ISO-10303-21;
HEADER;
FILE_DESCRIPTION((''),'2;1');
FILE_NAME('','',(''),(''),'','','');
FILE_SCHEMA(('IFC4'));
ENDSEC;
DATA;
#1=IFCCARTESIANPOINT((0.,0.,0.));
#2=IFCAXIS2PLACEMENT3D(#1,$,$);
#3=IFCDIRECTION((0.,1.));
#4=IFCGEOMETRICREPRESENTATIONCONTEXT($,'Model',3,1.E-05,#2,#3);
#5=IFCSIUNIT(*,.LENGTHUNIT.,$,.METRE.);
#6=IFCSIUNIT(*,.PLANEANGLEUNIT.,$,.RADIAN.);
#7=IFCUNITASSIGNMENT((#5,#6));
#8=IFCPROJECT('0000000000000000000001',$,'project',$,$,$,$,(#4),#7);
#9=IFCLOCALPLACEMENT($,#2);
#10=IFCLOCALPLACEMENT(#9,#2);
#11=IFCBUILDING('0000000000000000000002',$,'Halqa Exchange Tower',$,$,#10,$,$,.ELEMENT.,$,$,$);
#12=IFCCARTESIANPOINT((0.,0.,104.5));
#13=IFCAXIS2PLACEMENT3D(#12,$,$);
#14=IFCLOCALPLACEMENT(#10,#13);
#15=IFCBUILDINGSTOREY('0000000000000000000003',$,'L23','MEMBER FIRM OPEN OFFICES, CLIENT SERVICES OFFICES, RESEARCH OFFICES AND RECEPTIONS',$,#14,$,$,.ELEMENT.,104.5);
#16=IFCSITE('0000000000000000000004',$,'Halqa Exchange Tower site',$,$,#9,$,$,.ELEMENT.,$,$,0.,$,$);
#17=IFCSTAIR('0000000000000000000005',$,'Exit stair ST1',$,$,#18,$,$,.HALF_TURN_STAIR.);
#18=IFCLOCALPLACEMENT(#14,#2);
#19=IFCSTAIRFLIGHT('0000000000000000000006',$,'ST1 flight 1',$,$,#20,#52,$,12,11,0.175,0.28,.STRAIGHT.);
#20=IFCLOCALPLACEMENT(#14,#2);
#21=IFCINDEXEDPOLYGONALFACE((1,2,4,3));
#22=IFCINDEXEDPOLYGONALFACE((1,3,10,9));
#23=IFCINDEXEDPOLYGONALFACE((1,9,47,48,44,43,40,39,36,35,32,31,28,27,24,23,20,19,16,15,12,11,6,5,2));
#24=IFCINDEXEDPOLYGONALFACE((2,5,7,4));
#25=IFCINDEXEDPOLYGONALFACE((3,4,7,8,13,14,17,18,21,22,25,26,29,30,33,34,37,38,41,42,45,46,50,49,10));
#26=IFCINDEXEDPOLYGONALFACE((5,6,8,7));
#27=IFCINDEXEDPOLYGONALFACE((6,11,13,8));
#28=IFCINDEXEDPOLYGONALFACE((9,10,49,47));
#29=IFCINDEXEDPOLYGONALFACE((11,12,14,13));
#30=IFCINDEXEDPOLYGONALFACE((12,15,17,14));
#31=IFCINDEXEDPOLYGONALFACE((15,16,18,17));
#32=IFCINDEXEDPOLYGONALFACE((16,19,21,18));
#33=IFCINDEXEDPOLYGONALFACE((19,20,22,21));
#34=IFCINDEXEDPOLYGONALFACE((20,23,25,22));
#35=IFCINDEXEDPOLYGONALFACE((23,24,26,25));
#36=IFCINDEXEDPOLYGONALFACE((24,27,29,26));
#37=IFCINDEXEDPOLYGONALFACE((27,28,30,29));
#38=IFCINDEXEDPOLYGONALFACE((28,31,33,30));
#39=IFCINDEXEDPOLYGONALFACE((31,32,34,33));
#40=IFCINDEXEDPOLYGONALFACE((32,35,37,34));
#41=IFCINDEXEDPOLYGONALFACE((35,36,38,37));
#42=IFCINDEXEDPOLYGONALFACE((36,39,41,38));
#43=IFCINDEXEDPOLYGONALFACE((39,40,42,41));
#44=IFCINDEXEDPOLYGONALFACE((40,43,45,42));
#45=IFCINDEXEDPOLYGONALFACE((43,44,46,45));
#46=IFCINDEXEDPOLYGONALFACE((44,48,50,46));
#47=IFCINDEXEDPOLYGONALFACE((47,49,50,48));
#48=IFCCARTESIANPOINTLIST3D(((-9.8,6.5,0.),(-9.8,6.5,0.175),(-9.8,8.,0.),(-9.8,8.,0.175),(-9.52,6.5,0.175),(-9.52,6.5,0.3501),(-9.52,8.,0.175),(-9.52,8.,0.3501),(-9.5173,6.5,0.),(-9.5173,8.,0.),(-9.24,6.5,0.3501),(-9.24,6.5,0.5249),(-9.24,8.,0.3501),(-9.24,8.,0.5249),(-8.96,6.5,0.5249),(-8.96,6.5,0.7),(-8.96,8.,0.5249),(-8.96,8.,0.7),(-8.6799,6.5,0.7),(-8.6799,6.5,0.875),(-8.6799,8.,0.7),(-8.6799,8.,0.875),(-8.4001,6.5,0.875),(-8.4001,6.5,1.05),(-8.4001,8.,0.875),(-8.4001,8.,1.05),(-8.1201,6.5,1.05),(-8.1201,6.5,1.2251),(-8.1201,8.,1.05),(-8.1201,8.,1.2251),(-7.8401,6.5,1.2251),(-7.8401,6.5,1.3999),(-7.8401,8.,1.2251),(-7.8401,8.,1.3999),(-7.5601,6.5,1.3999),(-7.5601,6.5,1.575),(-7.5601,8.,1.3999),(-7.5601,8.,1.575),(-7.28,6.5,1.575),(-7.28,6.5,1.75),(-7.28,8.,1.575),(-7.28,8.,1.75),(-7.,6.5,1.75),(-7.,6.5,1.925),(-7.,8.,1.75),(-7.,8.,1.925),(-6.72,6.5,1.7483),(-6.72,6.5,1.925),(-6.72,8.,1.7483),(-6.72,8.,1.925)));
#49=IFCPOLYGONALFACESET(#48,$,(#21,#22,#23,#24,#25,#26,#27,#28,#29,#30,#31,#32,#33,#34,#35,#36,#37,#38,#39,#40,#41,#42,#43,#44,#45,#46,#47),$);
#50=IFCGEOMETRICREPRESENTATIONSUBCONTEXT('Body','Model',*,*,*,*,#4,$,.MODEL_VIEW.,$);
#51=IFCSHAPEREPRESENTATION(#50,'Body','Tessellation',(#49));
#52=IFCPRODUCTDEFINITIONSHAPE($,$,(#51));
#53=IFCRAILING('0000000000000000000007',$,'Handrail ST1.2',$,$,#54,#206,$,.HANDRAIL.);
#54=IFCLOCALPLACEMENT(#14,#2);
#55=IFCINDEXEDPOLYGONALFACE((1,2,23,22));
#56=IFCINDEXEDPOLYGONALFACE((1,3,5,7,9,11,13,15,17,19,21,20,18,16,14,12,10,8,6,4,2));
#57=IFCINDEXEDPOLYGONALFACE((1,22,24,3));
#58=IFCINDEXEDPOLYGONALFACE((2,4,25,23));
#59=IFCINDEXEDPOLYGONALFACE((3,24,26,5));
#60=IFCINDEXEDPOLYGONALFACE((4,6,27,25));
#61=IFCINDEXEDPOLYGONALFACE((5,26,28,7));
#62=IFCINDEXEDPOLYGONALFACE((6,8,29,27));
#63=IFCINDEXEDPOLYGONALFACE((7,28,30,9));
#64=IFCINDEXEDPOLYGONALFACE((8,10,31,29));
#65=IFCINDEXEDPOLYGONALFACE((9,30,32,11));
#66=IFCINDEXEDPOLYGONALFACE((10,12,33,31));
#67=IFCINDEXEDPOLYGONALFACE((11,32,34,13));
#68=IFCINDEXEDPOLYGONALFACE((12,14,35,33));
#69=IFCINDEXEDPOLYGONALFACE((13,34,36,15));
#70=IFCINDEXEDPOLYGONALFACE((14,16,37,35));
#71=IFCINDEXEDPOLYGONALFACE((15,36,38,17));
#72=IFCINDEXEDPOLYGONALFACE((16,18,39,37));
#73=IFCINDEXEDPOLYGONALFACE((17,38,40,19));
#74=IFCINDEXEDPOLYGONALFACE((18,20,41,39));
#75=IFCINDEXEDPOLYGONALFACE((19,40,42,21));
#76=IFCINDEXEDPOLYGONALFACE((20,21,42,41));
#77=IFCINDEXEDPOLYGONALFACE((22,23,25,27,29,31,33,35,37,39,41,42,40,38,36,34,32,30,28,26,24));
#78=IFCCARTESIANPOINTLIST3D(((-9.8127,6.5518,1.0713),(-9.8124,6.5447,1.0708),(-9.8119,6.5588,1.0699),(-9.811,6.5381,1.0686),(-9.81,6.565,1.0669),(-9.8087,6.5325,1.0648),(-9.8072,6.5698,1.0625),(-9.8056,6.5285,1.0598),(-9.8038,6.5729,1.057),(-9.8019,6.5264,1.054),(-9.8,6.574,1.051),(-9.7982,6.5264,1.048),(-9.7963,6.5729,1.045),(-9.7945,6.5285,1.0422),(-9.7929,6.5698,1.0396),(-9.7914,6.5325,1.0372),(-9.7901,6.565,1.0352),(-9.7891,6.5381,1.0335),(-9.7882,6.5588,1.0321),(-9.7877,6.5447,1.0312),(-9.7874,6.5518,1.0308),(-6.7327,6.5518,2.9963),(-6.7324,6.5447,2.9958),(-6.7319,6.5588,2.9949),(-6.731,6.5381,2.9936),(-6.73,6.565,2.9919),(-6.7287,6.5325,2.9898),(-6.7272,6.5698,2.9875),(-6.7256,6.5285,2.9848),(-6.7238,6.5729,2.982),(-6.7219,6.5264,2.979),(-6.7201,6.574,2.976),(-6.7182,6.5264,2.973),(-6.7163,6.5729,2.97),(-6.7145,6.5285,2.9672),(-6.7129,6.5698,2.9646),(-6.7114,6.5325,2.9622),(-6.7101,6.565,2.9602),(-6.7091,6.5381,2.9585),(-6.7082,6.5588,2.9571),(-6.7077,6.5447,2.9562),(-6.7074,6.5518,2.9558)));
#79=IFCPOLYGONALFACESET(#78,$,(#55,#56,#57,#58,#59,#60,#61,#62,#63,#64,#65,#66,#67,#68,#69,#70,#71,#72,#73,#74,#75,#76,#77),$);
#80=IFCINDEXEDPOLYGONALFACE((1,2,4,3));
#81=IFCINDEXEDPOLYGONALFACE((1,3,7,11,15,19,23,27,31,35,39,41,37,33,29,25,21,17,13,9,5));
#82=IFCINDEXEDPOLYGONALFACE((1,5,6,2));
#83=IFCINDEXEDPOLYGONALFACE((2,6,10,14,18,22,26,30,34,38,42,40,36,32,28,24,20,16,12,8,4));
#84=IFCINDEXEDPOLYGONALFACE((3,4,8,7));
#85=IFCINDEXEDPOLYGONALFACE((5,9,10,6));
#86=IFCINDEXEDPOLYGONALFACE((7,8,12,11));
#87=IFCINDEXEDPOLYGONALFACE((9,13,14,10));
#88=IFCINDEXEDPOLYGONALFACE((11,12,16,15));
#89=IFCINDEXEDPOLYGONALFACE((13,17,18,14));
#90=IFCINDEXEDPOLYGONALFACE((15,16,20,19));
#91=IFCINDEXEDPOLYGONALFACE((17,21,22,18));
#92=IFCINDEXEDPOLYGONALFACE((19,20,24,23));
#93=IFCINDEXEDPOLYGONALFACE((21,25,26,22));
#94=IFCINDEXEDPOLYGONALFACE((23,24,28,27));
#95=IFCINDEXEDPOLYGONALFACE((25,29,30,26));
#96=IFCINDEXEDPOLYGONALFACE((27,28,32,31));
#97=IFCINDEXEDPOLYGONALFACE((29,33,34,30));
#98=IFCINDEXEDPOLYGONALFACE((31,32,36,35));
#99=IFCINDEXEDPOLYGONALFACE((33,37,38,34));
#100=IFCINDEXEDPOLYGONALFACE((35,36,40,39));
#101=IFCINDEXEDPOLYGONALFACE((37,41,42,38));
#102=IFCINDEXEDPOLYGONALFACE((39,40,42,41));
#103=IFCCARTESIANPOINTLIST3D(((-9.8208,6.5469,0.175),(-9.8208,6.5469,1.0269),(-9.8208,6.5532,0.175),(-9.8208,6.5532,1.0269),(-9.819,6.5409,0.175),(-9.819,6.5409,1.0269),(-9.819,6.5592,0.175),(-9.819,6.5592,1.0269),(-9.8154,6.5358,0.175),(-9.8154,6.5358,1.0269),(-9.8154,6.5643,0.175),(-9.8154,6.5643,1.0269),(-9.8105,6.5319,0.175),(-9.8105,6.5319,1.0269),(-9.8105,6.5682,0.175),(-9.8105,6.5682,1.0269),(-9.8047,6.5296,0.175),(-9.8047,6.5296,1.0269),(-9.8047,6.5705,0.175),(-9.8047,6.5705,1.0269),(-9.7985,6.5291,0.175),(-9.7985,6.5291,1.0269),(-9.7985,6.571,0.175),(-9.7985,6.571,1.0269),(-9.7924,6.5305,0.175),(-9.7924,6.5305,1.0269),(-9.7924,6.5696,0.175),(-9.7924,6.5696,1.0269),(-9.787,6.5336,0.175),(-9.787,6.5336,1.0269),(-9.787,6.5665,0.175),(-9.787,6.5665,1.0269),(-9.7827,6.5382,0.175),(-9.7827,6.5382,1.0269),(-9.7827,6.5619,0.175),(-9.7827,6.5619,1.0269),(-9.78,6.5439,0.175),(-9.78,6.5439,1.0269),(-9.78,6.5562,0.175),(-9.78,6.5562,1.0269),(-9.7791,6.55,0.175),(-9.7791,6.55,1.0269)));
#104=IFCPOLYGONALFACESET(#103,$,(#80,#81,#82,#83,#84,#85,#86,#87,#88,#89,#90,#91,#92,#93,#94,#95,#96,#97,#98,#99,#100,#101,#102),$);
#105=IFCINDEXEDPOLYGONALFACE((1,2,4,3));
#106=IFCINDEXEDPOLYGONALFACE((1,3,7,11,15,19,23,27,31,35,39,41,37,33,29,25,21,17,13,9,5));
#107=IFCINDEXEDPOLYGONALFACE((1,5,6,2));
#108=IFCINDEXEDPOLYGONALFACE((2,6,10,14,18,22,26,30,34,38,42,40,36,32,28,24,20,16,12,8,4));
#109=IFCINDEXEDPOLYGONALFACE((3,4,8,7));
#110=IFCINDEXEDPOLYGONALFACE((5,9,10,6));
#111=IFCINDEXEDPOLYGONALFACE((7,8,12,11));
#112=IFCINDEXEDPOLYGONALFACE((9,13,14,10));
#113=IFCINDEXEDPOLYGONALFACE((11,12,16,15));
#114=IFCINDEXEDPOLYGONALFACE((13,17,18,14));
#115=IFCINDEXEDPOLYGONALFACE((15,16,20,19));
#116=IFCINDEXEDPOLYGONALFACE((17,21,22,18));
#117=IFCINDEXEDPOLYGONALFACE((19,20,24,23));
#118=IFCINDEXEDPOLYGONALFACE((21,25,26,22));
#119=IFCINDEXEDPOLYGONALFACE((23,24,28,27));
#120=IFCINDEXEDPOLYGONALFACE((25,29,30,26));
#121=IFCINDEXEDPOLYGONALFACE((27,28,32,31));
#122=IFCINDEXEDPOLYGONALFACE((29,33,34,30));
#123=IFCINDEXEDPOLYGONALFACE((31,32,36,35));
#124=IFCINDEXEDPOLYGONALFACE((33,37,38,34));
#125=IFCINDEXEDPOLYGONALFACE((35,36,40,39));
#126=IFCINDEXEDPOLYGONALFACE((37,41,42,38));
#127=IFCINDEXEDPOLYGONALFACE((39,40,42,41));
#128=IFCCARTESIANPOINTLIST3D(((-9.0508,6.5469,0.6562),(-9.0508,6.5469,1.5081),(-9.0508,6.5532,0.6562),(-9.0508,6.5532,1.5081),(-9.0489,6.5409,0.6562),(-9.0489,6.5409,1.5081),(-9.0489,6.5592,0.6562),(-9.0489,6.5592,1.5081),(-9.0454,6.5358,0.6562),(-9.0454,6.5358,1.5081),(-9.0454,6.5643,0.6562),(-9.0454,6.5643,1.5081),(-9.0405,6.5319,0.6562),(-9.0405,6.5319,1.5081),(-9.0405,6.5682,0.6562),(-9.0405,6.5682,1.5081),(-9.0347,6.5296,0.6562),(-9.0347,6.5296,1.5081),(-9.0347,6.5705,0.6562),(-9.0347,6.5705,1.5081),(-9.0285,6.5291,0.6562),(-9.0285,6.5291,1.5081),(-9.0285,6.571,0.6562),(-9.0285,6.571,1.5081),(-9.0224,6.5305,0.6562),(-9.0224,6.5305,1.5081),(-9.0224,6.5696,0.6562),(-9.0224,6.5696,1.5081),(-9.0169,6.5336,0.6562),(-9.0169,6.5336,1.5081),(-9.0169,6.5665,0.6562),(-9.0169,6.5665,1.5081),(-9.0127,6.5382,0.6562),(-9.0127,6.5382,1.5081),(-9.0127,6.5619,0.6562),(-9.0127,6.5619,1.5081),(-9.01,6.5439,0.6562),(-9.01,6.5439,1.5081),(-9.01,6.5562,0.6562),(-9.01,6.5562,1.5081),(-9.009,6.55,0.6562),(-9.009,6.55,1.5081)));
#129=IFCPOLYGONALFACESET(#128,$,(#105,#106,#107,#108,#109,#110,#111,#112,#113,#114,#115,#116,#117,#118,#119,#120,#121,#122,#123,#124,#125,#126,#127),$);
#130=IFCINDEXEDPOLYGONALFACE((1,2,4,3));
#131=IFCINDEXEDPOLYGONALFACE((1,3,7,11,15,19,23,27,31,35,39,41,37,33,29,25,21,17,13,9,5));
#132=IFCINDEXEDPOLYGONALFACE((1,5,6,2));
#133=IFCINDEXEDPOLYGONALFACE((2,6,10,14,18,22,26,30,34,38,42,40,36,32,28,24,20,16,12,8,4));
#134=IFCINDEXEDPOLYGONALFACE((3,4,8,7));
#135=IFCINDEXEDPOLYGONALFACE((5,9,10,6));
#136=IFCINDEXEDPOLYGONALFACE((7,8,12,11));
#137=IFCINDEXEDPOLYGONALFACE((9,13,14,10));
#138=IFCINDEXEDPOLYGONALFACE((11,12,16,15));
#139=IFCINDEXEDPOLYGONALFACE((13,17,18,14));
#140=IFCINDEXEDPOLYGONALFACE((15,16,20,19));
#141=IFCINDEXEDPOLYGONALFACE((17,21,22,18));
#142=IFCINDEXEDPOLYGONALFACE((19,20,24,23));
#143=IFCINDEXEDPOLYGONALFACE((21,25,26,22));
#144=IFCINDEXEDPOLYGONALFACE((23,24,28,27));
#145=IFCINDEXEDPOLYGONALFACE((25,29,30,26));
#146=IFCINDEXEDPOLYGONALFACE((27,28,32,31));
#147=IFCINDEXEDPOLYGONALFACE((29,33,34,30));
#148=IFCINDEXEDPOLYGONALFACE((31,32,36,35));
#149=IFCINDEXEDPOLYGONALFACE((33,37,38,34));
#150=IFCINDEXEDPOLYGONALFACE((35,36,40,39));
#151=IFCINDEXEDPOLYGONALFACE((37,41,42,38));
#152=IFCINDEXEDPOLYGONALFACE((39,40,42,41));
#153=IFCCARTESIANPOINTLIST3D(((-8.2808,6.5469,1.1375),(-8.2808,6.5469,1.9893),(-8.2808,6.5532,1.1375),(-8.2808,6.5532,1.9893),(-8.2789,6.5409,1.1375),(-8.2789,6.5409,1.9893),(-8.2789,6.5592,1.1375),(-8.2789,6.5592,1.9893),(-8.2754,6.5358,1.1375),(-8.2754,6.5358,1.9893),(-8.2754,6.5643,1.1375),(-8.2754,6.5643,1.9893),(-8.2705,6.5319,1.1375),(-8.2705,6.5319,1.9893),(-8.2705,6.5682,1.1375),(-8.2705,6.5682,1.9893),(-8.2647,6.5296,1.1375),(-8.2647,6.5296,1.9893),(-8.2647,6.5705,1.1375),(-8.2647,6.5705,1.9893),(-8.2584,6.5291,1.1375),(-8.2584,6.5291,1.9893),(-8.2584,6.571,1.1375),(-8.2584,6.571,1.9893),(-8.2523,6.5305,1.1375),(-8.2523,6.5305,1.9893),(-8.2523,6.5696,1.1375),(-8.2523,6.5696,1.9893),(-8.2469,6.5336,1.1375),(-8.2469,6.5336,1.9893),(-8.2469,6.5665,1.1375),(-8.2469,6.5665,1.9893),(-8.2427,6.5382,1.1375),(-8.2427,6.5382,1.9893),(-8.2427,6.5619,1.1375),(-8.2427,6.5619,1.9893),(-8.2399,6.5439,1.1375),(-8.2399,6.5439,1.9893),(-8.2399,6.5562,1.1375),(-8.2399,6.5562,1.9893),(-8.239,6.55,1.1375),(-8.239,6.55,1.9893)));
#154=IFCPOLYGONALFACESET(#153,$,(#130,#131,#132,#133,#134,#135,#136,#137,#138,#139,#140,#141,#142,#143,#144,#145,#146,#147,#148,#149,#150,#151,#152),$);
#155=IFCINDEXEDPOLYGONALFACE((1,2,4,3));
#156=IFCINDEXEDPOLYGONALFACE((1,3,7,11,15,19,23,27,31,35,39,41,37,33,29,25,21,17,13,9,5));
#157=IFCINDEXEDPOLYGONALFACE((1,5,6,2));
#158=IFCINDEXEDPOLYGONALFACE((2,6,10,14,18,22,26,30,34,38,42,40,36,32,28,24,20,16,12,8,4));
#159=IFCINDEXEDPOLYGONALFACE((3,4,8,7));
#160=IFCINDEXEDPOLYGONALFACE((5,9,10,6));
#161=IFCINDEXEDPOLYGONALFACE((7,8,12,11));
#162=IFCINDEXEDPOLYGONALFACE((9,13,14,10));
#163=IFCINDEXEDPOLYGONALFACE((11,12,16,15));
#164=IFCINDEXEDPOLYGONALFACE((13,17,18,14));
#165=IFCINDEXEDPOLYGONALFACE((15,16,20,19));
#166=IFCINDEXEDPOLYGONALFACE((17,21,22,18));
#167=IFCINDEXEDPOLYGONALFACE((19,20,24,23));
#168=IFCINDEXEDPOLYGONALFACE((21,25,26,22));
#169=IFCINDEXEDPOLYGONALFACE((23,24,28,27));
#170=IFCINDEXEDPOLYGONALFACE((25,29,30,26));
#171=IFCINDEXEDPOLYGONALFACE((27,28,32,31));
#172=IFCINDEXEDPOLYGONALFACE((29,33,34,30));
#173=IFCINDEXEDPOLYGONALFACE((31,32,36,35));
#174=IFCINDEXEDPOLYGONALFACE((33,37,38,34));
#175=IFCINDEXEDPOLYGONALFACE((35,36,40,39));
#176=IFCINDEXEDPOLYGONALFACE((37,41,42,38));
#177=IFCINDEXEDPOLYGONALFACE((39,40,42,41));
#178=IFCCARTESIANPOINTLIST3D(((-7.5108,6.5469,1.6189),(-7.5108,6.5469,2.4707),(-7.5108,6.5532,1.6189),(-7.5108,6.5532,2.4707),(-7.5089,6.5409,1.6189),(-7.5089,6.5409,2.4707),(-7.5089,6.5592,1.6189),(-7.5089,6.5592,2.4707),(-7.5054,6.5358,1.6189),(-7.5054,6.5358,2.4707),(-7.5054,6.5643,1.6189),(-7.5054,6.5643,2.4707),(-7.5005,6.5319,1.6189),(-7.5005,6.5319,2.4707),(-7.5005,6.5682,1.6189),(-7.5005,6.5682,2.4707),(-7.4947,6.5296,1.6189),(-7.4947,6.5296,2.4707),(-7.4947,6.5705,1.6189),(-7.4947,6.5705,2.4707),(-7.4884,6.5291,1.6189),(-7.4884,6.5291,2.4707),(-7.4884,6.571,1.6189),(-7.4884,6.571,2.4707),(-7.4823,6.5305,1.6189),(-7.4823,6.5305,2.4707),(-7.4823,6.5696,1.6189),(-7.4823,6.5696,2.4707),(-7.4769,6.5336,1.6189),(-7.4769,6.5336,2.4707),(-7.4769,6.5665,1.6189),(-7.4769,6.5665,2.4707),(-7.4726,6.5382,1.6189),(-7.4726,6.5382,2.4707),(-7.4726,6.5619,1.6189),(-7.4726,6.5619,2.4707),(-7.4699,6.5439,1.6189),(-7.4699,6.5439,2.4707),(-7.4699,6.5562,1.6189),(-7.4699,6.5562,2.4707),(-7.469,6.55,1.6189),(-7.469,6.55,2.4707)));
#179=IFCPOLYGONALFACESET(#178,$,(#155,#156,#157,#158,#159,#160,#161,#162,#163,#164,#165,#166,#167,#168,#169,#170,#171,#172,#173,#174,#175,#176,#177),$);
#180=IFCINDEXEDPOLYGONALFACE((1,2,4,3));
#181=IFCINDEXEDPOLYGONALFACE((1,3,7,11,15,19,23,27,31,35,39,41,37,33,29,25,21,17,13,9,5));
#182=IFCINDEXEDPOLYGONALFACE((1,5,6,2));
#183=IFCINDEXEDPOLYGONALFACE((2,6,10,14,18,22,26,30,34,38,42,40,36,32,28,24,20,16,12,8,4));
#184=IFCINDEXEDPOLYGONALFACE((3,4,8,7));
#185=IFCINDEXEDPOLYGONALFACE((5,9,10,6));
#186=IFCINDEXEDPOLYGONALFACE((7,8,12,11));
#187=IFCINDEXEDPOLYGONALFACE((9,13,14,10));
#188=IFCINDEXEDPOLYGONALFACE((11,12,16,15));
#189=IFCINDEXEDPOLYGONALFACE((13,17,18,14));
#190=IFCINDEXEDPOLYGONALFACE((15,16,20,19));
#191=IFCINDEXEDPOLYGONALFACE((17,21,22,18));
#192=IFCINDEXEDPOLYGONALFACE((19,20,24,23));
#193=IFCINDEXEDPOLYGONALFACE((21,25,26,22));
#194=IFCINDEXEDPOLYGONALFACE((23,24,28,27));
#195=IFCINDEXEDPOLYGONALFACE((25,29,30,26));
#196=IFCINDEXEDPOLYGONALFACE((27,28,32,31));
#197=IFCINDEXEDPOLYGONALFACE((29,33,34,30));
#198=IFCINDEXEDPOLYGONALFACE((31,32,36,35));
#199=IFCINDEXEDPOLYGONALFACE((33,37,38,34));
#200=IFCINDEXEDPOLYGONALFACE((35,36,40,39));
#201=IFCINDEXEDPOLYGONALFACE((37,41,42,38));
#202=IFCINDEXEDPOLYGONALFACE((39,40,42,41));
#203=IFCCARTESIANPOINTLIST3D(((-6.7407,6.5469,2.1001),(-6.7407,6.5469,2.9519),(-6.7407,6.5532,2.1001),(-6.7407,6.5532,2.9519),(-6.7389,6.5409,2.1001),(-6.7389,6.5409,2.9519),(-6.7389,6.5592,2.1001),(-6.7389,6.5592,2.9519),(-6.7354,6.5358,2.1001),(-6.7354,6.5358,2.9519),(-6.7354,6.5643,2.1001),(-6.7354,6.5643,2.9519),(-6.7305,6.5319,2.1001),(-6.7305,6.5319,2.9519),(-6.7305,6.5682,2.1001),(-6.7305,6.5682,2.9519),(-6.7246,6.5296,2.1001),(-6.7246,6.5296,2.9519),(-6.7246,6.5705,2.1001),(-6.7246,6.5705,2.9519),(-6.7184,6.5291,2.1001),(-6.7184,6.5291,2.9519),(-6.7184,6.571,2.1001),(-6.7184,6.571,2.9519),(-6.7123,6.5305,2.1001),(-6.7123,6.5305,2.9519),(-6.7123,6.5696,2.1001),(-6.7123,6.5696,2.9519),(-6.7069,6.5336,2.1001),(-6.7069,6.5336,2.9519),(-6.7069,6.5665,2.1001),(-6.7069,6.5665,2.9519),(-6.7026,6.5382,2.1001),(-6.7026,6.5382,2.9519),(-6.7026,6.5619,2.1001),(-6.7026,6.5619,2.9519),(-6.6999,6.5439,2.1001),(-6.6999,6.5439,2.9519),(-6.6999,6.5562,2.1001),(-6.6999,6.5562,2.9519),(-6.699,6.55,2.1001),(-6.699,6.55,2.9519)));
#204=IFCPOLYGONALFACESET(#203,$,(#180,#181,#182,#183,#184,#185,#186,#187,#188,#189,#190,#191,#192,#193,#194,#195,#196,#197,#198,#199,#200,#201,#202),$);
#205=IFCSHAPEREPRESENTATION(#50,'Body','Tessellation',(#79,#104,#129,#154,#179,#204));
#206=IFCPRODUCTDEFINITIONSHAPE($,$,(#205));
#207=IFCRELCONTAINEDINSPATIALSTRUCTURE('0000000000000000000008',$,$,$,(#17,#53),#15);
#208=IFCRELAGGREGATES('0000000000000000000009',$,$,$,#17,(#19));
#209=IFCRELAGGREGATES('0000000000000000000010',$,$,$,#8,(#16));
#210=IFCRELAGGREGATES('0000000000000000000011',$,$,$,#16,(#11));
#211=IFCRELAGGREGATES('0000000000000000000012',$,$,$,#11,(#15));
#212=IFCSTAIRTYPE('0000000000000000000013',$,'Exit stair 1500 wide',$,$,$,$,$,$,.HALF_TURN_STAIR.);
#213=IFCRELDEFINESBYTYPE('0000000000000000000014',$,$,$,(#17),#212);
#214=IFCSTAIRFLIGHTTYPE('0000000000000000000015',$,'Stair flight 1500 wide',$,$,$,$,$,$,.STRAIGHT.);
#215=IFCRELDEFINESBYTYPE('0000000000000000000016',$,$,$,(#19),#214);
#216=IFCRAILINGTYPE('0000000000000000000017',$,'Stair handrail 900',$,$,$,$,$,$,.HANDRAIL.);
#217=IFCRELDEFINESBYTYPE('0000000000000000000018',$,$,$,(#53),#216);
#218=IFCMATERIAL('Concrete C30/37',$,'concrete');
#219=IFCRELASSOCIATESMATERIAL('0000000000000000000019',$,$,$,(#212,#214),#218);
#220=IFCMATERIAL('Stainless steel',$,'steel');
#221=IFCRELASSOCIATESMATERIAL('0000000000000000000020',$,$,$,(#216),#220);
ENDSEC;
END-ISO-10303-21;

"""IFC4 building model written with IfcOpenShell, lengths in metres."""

from ifc_helpers import new_model, si_unit, direction, frame, origin, origin_2d, place, context, subcontext, project, spatial, polyline, circle, outline, extrude, material, type_object, element, aggregate, save


model = new_model("IFC4")

# Units and contexts
model_context = context("Model", 3, precision=1e-05, world=origin(), true_north=direction((0.0, 1.0)))
body_context = subcontext(model_context, "Body", "Model", "MODEL_VIEW")
ifc_project = project(units=[si_unit("LENGTHUNIT", "METRE"), si_unit("PLANEANGLEUNIT", "RADIAN")], contexts=[model_context])

# Site, building, storey
site_placement = place(None, origin())
site = spatial("IfcSite", under=ifc_project, at=site_placement, Name="Halqa Exchange Tower site", CompositionType="ELEMENT", RefElevation=0.0)
building_placement = place(site_placement, origin())
building = spatial("IfcBuilding", under=site, at=building_placement, Name="Halqa Exchange Tower", CompositionType="ELEMENT")
storey_placement = place(building_placement, frame((0.0, 0.0, 104.5)))
storey = spatial("IfcBuildingStorey", under=building, at=storey_placement, Name="L23", Description="MEMBER FIRM OPEN OFFICES, CLIENT SERVICES OFFICES, RESEARCH OFFICES AND RECEPTIONS", CompositionType="ELEMENT", Elevation=104.5)

# Shared definitions
ifc_material_1 = material(Name="Stainless steel", Category="steel")

# Shared definitions
ifc_material_2 = material(Name="Concrete C30/37", Category="concrete")

# Stair, stair flight
stair_type = type_object("IfcStairType", Name="Exit stair 1500 wide", PredefinedType="HALF_TURN_STAIR", material=ifc_material_2)
stair_placement = place(storey_placement, origin())
stair = element("IfcStair", 1, at=stair_placement, inside=storey, type_object=stair_type, Name="Exit stair ST1", PredefinedType="HALF_TURN_STAIR")
stair_flight_type = type_object("IfcStairFlightType", Name="Stair flight 1500 wide", PredefinedType="STRAIGHT", material=ifc_material_2)
stair_flight_placement = place(storey_placement, frame((-9.8, 7.25, 0.0), z_axis=(0.0, 0.0, 1.0), x_axis=(1.0, 0.0, 0.0)))
stair_flight = element("IfcStairFlight", 2, at=stair_flight_placement, type_object=stair_flight_type, Name="ST1 flight 1", NumberOfRisers=12, NumberOfTreads=11, PredefinedType="STRAIGHT", RiserHeight=0.175, TreadLength=0.28, context=body_context, shape_type="SweptSolid", body=[
    extrude(outline(polyline([(0.0, 0.0), (0.0, 0.175), (0.28, 0.175), (0.28, 0.3501), (0.5601, 0.3501), (0.5601, 0.5249), (0.8401, 0.5249), (0.8401, 0.7), (1.1201, 0.7), (1.1201, 0.875), (1.3999, 0.875), (1.3999, 1.05), (1.6799, 1.05), (1.6799, 1.2251), (1.96, 1.2251), (1.96, 1.3999), (2.24, 1.3999), (2.24, 1.575), (2.52, 1.575), (2.52, 1.75), (2.8, 1.75), (2.8, 1.925), (3.0801, 1.925), (3.0801, 2.1001), (3.0801, 1.7483), (0.2827, 0.0), (0.0, 0.0)])), frame((0.0, 0.75, 0.0), z_axis=(0.0, -1.0, 0.0), x_axis=(1.0, 0.0, 0.0)), (0.0, 0.0, 1.0), 1.5),
])
aggregate(stair, [stair_flight])

# Railing
railing_type_1 = type_object("IfcRailingType", Name="Stair handrail 900", PredefinedType="HANDRAIL", material=ifc_material_1)
railing_1_placement = place(storey_placement, frame((-9.8, 6.55, 0.175)))
element("IfcRailing", 3, at=railing_1_placement, inside=storey, type_object=railing_type_1, Name="Handrail ST1.2", PredefinedType="HANDRAIL", context=body_context, shape_type="SweptSolid", body=[
    extrude(circle(Radius=0.0239, at=origin_2d()), frame((0.0, 0.0, 0.876), z_axis=(0.847998, 0.0, 0.529999), x_axis=(0.0, 1.0, 0.0)), (0.0, 0.0, 1.0), 3.6321),
    extrude(circle(Radius=0.021, at=origin_2d()), origin(), (0.0, 0.0, 1.0), 0.8518),
    extrude(circle(Radius=0.021, at=origin_2d()), frame((0.77, 0.0, 0.4812)), (0.0, 0.0, 1.0), 0.8518),
    extrude(circle(Radius=0.021, at=origin_2d()), frame((1.54, 0.0, 0.9624)), (0.0, 0.0, 1.0), 0.8518),
    extrude(circle(Radius=0.021, at=origin_2d()), frame((2.3101, 0.0, 1.4438)), (0.0, 0.0, 1.0), 0.8518),
    extrude(circle(Radius=0.021, at=origin_2d()), frame((3.0801, 0.0, 1.925)), (0.0, 0.0, 1.0), 0.8518),
])

save(model, "model.ifc")
